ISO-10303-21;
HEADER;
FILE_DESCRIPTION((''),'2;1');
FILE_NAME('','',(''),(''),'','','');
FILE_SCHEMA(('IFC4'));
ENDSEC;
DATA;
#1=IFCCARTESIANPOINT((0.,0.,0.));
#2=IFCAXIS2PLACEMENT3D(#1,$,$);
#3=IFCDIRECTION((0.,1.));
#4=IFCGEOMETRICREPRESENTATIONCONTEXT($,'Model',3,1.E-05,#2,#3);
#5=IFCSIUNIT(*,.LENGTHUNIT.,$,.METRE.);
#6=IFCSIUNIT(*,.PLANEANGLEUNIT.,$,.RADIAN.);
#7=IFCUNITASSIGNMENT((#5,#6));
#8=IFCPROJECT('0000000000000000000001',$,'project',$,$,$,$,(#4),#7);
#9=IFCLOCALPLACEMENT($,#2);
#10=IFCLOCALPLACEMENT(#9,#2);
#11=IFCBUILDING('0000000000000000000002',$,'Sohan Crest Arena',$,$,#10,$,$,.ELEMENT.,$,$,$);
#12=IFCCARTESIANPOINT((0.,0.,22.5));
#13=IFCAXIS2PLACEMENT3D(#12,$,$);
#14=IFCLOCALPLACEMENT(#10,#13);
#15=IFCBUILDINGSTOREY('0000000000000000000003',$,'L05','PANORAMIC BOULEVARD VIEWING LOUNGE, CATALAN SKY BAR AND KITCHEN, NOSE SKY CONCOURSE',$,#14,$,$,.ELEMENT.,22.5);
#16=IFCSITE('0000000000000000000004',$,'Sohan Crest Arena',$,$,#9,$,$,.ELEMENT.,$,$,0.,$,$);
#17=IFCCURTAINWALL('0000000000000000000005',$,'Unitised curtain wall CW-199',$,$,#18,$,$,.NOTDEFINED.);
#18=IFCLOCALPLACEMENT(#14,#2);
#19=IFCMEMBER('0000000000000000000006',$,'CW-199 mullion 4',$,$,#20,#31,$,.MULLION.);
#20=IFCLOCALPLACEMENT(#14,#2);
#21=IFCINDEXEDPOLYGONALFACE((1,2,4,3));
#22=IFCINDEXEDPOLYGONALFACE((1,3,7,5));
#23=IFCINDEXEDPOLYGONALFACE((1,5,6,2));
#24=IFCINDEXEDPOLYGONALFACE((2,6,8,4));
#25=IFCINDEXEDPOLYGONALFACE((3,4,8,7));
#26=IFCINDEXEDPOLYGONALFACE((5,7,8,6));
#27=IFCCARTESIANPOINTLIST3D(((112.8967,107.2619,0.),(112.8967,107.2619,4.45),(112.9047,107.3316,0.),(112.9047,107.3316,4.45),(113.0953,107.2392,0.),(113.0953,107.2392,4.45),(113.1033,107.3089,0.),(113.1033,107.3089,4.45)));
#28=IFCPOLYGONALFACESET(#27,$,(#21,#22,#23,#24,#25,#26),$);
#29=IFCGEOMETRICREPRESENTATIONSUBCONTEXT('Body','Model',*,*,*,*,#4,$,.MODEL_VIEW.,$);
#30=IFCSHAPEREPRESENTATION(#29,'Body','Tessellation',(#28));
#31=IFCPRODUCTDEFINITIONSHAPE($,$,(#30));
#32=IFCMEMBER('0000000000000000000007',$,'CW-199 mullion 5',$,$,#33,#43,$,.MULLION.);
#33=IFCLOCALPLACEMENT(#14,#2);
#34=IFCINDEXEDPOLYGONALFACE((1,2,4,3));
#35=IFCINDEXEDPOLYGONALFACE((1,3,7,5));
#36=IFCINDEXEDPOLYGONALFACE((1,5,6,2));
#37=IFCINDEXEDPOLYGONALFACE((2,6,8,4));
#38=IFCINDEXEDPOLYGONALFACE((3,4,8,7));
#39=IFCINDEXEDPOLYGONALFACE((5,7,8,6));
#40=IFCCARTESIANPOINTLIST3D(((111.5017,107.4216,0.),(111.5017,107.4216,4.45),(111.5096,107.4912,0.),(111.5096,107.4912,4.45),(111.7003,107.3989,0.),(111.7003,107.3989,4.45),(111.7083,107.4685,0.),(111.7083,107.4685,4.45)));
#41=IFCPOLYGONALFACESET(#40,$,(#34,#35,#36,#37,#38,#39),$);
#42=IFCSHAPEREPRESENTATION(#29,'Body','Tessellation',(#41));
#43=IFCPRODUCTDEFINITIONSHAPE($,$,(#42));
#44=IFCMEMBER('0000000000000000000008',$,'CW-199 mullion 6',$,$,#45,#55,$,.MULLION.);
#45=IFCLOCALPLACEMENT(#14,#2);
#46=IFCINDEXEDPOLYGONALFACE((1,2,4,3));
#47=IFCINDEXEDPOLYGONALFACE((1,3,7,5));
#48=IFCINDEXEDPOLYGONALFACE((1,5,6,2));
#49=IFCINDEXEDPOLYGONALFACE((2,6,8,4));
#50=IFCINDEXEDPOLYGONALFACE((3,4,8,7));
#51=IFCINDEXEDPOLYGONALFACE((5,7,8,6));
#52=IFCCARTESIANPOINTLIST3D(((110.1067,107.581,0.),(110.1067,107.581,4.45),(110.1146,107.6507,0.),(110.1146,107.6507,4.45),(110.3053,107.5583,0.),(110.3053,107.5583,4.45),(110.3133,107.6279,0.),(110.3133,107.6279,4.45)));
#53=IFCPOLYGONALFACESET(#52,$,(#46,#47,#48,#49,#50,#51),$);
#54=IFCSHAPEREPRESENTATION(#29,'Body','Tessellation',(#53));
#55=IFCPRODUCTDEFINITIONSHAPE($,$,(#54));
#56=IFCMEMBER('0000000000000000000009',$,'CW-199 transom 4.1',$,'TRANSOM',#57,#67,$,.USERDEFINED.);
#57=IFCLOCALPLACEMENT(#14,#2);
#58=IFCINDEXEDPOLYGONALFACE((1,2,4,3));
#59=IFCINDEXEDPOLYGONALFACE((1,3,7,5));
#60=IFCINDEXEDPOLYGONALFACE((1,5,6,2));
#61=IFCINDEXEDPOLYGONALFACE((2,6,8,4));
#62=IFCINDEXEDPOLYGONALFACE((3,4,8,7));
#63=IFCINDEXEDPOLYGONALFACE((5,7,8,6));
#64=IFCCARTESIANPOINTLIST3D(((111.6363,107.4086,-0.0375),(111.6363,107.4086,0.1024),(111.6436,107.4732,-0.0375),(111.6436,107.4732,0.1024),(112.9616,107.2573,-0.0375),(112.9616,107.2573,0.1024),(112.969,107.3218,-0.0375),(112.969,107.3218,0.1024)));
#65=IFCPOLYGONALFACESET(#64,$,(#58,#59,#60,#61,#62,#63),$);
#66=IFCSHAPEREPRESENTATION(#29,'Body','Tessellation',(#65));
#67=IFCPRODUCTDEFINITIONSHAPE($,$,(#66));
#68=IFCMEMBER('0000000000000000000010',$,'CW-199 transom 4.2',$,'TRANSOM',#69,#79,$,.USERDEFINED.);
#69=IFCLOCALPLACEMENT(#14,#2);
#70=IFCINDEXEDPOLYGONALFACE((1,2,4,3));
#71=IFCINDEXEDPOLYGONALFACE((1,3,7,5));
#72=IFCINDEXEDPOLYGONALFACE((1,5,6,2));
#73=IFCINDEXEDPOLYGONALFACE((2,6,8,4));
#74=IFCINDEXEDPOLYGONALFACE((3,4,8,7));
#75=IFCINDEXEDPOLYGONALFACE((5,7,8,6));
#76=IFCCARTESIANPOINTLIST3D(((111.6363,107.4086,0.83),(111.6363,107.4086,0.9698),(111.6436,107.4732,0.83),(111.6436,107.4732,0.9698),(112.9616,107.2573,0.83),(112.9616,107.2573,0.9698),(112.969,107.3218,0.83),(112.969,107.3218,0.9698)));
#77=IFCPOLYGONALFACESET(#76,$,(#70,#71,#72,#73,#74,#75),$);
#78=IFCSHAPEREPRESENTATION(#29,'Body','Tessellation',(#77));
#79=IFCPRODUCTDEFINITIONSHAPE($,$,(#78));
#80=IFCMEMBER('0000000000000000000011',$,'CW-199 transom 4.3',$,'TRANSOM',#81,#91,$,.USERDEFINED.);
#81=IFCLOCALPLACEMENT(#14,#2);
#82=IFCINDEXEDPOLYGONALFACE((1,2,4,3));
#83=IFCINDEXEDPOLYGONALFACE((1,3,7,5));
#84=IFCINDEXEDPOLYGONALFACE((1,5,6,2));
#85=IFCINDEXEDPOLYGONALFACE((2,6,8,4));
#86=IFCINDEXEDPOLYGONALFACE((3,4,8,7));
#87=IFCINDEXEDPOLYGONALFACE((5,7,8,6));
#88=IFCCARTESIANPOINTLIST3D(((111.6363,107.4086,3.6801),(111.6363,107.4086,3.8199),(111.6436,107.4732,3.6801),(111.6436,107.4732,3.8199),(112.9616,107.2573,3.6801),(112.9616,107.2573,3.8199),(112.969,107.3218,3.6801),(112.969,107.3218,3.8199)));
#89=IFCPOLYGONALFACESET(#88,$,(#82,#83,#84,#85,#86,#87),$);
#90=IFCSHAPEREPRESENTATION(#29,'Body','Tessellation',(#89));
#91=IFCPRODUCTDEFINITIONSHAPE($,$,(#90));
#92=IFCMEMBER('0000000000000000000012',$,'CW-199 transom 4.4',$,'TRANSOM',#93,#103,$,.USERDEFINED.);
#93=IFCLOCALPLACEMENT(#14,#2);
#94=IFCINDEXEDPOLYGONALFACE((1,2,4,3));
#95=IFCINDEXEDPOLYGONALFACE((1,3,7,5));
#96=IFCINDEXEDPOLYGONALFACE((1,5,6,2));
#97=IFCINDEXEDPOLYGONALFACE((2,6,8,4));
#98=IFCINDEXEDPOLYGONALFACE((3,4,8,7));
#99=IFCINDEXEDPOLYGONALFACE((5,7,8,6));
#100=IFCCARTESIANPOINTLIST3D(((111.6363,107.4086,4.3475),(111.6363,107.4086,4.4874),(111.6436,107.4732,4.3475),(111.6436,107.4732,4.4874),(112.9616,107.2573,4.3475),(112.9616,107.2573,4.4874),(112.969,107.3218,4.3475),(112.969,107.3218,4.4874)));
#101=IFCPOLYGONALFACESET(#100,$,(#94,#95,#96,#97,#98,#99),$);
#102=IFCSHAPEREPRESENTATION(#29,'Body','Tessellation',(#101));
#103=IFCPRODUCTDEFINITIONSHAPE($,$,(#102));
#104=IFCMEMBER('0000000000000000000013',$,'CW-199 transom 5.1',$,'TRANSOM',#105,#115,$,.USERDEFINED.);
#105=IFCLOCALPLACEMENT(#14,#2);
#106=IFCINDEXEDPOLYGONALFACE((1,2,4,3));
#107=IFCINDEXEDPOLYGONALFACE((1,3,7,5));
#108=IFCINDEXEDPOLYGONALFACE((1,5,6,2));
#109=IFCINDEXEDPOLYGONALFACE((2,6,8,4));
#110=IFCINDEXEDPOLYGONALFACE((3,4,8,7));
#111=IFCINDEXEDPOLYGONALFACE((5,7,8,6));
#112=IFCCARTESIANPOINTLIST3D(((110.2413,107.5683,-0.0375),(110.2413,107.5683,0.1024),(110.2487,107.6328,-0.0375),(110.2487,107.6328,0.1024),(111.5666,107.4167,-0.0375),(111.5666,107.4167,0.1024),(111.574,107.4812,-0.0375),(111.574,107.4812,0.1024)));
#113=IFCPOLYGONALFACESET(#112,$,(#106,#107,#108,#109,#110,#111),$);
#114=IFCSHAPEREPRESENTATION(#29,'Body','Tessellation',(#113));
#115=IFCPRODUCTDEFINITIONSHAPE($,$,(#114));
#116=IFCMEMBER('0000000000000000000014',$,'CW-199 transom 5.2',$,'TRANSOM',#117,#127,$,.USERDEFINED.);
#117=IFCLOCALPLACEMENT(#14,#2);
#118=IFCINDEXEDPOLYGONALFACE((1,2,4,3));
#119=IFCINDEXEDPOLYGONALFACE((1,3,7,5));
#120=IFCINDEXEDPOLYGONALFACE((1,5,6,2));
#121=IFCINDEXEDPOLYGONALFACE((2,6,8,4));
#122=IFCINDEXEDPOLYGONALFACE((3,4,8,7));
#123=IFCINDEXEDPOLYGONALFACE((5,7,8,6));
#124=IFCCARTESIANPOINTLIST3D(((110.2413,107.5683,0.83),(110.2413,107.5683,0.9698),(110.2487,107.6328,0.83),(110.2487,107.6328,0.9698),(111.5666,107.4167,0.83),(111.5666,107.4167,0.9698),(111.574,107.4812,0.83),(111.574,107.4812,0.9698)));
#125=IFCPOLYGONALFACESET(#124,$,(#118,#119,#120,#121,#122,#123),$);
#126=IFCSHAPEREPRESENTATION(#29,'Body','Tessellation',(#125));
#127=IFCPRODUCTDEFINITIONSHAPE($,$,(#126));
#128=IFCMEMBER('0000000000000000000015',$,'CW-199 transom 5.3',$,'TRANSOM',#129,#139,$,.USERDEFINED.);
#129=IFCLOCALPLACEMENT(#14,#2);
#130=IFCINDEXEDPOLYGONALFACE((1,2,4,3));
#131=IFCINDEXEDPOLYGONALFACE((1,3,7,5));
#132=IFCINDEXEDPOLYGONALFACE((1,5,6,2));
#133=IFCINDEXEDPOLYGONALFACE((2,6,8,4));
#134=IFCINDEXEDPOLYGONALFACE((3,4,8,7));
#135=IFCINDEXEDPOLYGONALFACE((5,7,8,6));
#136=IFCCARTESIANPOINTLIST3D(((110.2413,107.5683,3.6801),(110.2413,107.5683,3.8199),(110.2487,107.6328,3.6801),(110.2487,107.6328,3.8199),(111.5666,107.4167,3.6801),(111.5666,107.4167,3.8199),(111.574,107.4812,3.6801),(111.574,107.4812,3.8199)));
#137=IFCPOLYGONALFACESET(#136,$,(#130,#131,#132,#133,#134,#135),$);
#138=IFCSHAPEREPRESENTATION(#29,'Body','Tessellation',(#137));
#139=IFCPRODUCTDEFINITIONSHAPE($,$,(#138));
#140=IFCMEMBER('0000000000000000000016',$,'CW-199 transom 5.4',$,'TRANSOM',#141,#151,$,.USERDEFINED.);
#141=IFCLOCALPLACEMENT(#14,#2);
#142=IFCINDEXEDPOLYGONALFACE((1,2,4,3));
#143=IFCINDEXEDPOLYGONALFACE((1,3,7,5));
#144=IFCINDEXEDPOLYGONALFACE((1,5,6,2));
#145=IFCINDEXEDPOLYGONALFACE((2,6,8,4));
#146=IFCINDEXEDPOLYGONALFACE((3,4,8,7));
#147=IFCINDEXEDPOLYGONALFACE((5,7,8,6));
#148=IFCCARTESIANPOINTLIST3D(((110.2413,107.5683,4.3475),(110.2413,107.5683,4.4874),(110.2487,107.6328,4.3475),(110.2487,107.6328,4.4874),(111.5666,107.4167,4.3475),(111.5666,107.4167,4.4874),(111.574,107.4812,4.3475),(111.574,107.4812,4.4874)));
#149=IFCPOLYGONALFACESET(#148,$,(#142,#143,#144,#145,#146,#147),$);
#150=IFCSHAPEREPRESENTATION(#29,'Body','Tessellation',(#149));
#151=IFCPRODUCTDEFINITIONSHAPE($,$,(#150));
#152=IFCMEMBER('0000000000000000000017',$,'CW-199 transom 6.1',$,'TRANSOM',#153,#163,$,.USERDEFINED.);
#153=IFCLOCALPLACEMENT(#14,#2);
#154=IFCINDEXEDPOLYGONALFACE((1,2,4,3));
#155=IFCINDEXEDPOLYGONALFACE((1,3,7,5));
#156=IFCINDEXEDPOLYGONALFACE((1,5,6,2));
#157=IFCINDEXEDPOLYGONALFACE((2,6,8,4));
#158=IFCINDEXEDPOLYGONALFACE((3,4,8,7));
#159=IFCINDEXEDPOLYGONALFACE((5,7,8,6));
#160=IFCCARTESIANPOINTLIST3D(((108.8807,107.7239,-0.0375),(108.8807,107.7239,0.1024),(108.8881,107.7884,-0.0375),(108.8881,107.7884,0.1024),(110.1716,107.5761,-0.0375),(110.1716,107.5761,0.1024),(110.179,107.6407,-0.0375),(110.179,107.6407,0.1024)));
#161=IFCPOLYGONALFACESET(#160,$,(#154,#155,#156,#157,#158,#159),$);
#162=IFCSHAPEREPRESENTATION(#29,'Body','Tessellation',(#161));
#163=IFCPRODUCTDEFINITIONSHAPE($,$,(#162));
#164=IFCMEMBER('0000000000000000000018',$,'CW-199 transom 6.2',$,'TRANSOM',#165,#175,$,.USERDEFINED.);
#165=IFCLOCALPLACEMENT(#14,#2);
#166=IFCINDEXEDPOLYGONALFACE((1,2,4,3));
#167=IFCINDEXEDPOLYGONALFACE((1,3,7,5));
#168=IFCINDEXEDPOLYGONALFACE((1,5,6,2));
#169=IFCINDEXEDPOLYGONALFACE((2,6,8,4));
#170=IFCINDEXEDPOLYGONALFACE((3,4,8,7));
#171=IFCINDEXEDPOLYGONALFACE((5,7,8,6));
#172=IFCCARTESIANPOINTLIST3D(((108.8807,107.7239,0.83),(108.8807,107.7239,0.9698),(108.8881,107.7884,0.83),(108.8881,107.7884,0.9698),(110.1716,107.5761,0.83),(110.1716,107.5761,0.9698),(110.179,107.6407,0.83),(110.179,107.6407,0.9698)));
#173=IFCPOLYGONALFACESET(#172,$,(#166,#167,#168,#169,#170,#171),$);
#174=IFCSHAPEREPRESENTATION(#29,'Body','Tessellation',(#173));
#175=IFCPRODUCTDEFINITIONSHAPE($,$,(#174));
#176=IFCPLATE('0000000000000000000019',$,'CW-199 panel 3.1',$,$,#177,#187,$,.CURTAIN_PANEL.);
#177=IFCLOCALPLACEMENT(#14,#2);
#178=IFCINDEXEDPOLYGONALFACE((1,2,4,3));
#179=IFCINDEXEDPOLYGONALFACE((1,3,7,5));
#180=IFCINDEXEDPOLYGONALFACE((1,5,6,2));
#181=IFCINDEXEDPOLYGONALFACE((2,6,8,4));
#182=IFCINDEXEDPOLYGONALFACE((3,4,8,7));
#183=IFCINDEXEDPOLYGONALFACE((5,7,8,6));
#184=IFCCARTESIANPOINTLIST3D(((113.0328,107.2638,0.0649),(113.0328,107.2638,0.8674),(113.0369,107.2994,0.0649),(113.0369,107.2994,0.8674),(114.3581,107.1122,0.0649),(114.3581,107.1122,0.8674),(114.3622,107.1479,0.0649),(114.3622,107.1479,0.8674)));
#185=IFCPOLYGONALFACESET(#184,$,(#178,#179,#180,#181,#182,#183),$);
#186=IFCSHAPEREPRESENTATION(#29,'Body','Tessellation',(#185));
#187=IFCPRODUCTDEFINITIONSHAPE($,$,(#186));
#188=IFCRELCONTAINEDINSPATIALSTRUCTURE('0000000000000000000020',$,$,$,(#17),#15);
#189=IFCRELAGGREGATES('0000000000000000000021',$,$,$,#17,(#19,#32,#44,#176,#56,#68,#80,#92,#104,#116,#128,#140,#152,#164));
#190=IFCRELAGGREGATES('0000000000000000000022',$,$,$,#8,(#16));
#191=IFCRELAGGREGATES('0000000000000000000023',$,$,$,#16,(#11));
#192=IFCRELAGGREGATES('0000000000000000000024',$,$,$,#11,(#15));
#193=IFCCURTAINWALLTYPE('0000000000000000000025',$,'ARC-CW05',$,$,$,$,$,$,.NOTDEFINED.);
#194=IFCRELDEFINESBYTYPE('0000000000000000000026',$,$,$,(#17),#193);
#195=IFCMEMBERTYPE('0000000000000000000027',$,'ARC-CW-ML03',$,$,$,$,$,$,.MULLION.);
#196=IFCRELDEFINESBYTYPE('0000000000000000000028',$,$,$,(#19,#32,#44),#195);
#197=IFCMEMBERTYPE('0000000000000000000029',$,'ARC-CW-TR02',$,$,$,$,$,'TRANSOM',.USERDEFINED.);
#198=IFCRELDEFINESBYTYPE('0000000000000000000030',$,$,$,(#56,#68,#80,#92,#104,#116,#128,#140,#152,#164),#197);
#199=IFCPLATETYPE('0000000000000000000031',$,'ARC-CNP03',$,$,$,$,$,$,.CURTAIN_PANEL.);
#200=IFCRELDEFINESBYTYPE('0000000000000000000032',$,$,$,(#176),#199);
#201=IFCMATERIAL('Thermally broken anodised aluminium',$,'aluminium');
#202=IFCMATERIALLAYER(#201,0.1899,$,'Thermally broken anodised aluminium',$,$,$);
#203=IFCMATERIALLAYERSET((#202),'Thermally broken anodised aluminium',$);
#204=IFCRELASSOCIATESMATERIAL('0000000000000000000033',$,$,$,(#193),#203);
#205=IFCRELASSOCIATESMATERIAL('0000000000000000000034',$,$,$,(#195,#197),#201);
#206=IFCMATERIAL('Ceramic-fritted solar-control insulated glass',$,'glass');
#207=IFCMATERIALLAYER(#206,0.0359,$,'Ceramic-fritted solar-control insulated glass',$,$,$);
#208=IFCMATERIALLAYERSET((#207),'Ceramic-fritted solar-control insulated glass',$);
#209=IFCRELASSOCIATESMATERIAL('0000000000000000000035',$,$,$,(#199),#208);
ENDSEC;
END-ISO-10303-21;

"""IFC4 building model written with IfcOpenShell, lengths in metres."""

from ifc_helpers import new_model, si_unit, direction, frame, origin, origin_2d, place, context, subcontext, project, spatial, rectangle, extrude, material, layer, layer_set, material_profile, profile_set, type_object, element, aggregate, save


model = new_model("IFC4")

# Units and contexts
model_context = context("Model", 3, precision=1e-05, world=origin(), true_north=direction((0.0, 1.0)))
body_context = subcontext(model_context, "Body", "Model", "MODEL_VIEW")
ifc_project = project(units=[si_unit("LENGTHUNIT", "METRE"), si_unit("PLANEANGLEUNIT", "RADIAN")], contexts=[model_context])

# Site, building, storey
site_placement = place(None, origin())
site = spatial("IfcSite", under=ifc_project, at=site_placement, Name="Sohan Crest Arena", CompositionType="ELEMENT", RefElevation=0.0)
building_placement = place(site_placement, origin())
building = spatial("IfcBuilding", under=site, at=building_placement, Name="Sohan Crest Arena", CompositionType="ELEMENT")
storey_placement = place(building_placement, frame((0.0, 0.0, 22.5)))
storey = spatial("IfcBuildingStorey", under=building, at=storey_placement, Name="L05", Description="PANORAMIC BOULEVARD VIEWING LOUNGE, CATALAN SKY BAR AND KITCHEN, NOSE SKY CONCOURSE", CompositionType="ELEMENT", Elevation=22.5)

# Curtain wall, members, plate
ifc_material_1 = material(Name="Thermally broken anodised aluminium", Category="aluminium")
ifc_layer_1 = layer(ifc_material_1, 0.1899, Name="Thermally broken anodised aluminium")
ifc_layer_set_1 = layer_set([ifc_layer_1], Name="Thermally broken anodised aluminium")
curtain_wall_type = type_object("IfcCurtainWallType", Name="ARC-CW05", PredefinedType="NOTDEFINED", material=ifc_layer_set_1)
curtain_wall_placement = place(storey_placement, origin())
curtain_wall = element("IfcCurtainWall", 1, at=curtain_wall_placement, inside=storey, type_object=curtain_wall_type, Name="Unitised curtain wall CW-199", PredefinedType="NOTDEFINED")
ifc_material_profile_1 = material_profile(ifc_material_1, rectangle(XDim=0.0701, YDim=0.2, at=origin_2d()), Name="ALU-MULL 70x200")
ifc_profile_set_1 = profile_set([ifc_material_profile_1], Name="Thermally broken anodised aluminium")
member_type_1 = type_object("IfcMemberType", Name="ARC-CW-ML03", PredefinedType="MULLION", material=ifc_profile_set_1)
member_1_placement = place(storey_placement, frame((113.0, 107.2854, 0.0), z_axis=(0.0, 0.0, 1.0), x_axis=(-0.113597, -0.993527, 0.0)))
member_1 = element("IfcMember", 2, at=member_1_placement, type_object=member_type_1, Name="CW-199 mullion 4", PredefinedType="MULLION", context=body_context, shape_type="SweptSolid", body=[
    extrude(rectangle(XDim=0.0701, YDim=0.2, at=origin_2d()), origin(), (0.0, 0.0, 1.0), 4.45),
])
member_2_placement = place(storey_placement, frame((111.605, 107.4451, 0.0), z_axis=(0.0, 0.0, 1.0), x_axis=(-0.113597, -0.993527, 0.0)))
member_2 = element("IfcMember", 3, at=member_2_placement, type_object=member_type_1, Name="CW-199 mullion 5", PredefinedType="MULLION", context=body_context, shape_type="SweptSolid", body=[
    extrude(rectangle(XDim=0.0701, YDim=0.2, at=origin_2d()), origin(), (0.0, 0.0, 1.0), 4.45),
])
member_3_placement = place(storey_placement, frame((110.21, 107.6045, 0.0), z_axis=(0.0, 0.0, 1.0), x_axis=(-0.113597, -0.993527, 0.0)))
member_3 = element("IfcMember", 4, at=member_3_placement, type_object=member_type_1, Name="CW-199 mullion 6", PredefinedType="MULLION", context=body_context, shape_type="SweptSolid", body=[
    extrude(rectangle(XDim=0.0701, YDim=0.2, at=origin_2d()), origin(), (0.0, 0.0, 1.0), 4.45),
])
ifc_material_profile_2 = material_profile(ifc_material_1, rectangle(XDim=0.0649, YDim=0.1399, at=origin_2d()), Name="ALU-TRAN 65x140")
ifc_profile_set_2 = profile_set([ifc_material_profile_2], Name="Thermally broken anodised aluminium")
member_type_2 = type_object("IfcMemberType", Name="ARC-CW-TR02", ElementType="TRANSOM", PredefinedType="USERDEFINED", material=ifc_profile_set_2)
member_4_placement = place(storey_placement, frame((112.9653, 107.2896, 0.0325), z_axis=(-0.993542, 0.113464, 0.0), x_axis=(-0.113464, -0.993542, 0.0)))
member_4 = element("IfcMember", 5, at=member_4_placement, type_object=member_type_2, Name="CW-199 transom 4.1", ObjectType="TRANSOM", PredefinedType="USERDEFINED", context=body_context, shape_type="SweptSolid", body=[
    extrude(rectangle(XDim=0.0649, YDim=0.1399, at=origin_2d()), origin(), (0.0, 0.0, 1.0), 1.334),
])
member_5_placement = place(storey_placement, frame((112.9653, 107.2896, 0.8999), z_axis=(-0.993542, 0.113464, 0.0), x_axis=(-0.113464, -0.993542, 0.0)))
member_5 = element("IfcMember", 6, at=member_5_placement, type_object=member_type_2, Name="CW-199 transom 4.2", ObjectType="TRANSOM", PredefinedType="USERDEFINED", context=body_context, shape_type="SweptSolid", body=[
    extrude(rectangle(XDim=0.0649, YDim=0.1399, at=origin_2d()), origin(), (0.0, 0.0, 1.0), 1.334),
])
member_6_placement = place(storey_placement, frame((112.9653, 107.2896, 3.75), z_axis=(-0.993542, 0.113464, 0.0), x_axis=(-0.113464, -0.993542, 0.0)))
member_6 = element("IfcMember", 7, at=member_6_placement, type_object=member_type_2, Name="CW-199 transom 4.3", ObjectType="TRANSOM", PredefinedType="USERDEFINED", context=body_context, shape_type="SweptSolid", body=[
    extrude(rectangle(XDim=0.0649, YDim=0.1399, at=origin_2d()), origin(), (0.0, 0.0, 1.0), 1.334),
])
member_7_placement = place(storey_placement, frame((112.9653, 107.2896, 4.4175), z_axis=(-0.993542, 0.113464, 0.0), x_axis=(-0.113464, -0.993542, 0.0)))
member_7 = element("IfcMember", 8, at=member_7_placement, type_object=member_type_2, Name="CW-199 transom 4.4", ObjectType="TRANSOM", PredefinedType="USERDEFINED", context=body_context, shape_type="SweptSolid", body=[
    extrude(rectangle(XDim=0.0649, YDim=0.1399, at=origin_2d()), origin(), (0.0, 0.0, 1.0), 1.334),
])
member_8_placement = place(storey_placement, frame((111.5703, 107.449, 0.0325), z_axis=(-0.993521, 0.113645, 0.0), x_axis=(-0.113645, -0.993521, 0.0)))
member_8 = element("IfcMember", 9, at=member_8_placement, type_object=member_type_2, Name="CW-199 transom 5.1", ObjectType="TRANSOM", PredefinedType="USERDEFINED", context=body_context, shape_type="SweptSolid", body=[
    extrude(rectangle(XDim=0.0649, YDim=0.1399, at=origin_2d()), origin(), (0.0, 0.0, 1.0), 1.334),
])
member_9_placement = place(storey_placement, frame((111.5703, 107.449, 0.8999), z_axis=(-0.993521, 0.113645, 0.0), x_axis=(-0.113645, -0.993521, 0.0)))
member_9 = element("IfcMember", 10, at=member_9_placement, type_object=member_type_2, Name="CW-199 transom 5.2", ObjectType="TRANSOM", PredefinedType="USERDEFINED", context=body_context, shape_type="SweptSolid", body=[
    extrude(rectangle(XDim=0.0649, YDim=0.1399, at=origin_2d()), origin(), (0.0, 0.0, 1.0), 1.334),
])
member_10_placement = place(storey_placement, frame((111.5703, 107.449, 3.75), z_axis=(-0.993521, 0.113645, 0.0), x_axis=(-0.113645, -0.993521, 0.0)))
member_10 = element("IfcMember", 11, at=member_10_placement, type_object=member_type_2, Name="CW-199 transom 5.3", ObjectType="TRANSOM", PredefinedType="USERDEFINED", context=body_context, shape_type="SweptSolid", body=[
    extrude(rectangle(XDim=0.0649, YDim=0.1399, at=origin_2d()), origin(), (0.0, 0.0, 1.0), 1.334),
])
member_11_placement = place(storey_placement, frame((111.5703, 107.449, 4.4175), z_axis=(-0.993521, 0.113645, 0.0), x_axis=(-0.113645, -0.993521, 0.0)))
member_11 = element("IfcMember", 12, at=member_11_placement, type_object=member_type_2, Name="CW-199 transom 5.4", ObjectType="TRANSOM", PredefinedType="USERDEFINED", context=body_context, shape_type="SweptSolid", body=[
    extrude(rectangle(XDim=0.0649, YDim=0.1399, at=origin_2d()), origin(), (0.0, 0.0, 1.0), 1.334),
])
member_12_placement = place(storey_placement, frame((110.1753, 107.6084, 0.0325), z_axis=(-0.993516, 0.11369, 0.0), x_axis=(-0.11369, -0.993516, 0.0)))
member_12 = element("IfcMember", 13, at=member_12_placement, type_object=member_type_2, Name="CW-199 transom 6.1", ObjectType="TRANSOM", PredefinedType="USERDEFINED", context=body_context, shape_type="SweptSolid", body=[
    extrude(rectangle(XDim=0.0649, YDim=0.1399, at=origin_2d()), origin(), (0.0, 0.0, 1.0), 1.2993),
])
member_13_placement = place(storey_placement, frame((110.1753, 107.6084, 0.8999), z_axis=(-0.993516, 0.11369, 0.0), x_axis=(-0.11369, -0.993516, 0.0)))
member_13 = element("IfcMember", 14, at=member_13_placement, type_object=member_type_2, Name="CW-199 transom 6.2", ObjectType="TRANSOM", PredefinedType="USERDEFINED", context=body_context, shape_type="SweptSolid", body=[
    extrude(rectangle(XDim=0.0649, YDim=0.1399, at=origin_2d()), origin(), (0.0, 0.0, 1.0), 1.2993),
])
ifc_material_2 = material(Name="Ceramic-fritted solar-control insulated glass", Category="glass")
ifc_layer_2 = layer(ifc_material_2, 0.0359, Name="Ceramic-fritted solar-control insulated glass")
ifc_layer_set_2 = layer_set([ifc_layer_2], Name="Ceramic-fritted solar-control insulated glass")
plate_type = type_object("IfcPlateType", Name="ARC-CNP03", PredefinedType="CURTAIN_PANEL", material=ifc_layer_set_2)
plate_1_placement = place(storey_placement, frame((113.6975, 107.2058, 0.0649), z_axis=(0.0, 0.0, 1.0), x_axis=(-0.993527, 0.113597, 0.0)))
plate_1 = element("IfcPlate", 15, at=plate_1_placement, type_object=plate_type, Name="CW-199 panel 3.1", PredefinedType="CURTAIN_PANEL", context=body_context, shape_type="SweptSolid", body=[
    extrude(rectangle(XDim=1.334, YDim=0.0359, at=origin_2d()), origin(), (0.0, 0.0, 1.0), 0.8025),
])
aggregate(curtain_wall, [member_1, member_2, member_3, plate_1, member_4, member_5, member_6, member_7, member_8, member_9, member_10, member_11, member_12, member_13])

save(model, "model.ifc")
